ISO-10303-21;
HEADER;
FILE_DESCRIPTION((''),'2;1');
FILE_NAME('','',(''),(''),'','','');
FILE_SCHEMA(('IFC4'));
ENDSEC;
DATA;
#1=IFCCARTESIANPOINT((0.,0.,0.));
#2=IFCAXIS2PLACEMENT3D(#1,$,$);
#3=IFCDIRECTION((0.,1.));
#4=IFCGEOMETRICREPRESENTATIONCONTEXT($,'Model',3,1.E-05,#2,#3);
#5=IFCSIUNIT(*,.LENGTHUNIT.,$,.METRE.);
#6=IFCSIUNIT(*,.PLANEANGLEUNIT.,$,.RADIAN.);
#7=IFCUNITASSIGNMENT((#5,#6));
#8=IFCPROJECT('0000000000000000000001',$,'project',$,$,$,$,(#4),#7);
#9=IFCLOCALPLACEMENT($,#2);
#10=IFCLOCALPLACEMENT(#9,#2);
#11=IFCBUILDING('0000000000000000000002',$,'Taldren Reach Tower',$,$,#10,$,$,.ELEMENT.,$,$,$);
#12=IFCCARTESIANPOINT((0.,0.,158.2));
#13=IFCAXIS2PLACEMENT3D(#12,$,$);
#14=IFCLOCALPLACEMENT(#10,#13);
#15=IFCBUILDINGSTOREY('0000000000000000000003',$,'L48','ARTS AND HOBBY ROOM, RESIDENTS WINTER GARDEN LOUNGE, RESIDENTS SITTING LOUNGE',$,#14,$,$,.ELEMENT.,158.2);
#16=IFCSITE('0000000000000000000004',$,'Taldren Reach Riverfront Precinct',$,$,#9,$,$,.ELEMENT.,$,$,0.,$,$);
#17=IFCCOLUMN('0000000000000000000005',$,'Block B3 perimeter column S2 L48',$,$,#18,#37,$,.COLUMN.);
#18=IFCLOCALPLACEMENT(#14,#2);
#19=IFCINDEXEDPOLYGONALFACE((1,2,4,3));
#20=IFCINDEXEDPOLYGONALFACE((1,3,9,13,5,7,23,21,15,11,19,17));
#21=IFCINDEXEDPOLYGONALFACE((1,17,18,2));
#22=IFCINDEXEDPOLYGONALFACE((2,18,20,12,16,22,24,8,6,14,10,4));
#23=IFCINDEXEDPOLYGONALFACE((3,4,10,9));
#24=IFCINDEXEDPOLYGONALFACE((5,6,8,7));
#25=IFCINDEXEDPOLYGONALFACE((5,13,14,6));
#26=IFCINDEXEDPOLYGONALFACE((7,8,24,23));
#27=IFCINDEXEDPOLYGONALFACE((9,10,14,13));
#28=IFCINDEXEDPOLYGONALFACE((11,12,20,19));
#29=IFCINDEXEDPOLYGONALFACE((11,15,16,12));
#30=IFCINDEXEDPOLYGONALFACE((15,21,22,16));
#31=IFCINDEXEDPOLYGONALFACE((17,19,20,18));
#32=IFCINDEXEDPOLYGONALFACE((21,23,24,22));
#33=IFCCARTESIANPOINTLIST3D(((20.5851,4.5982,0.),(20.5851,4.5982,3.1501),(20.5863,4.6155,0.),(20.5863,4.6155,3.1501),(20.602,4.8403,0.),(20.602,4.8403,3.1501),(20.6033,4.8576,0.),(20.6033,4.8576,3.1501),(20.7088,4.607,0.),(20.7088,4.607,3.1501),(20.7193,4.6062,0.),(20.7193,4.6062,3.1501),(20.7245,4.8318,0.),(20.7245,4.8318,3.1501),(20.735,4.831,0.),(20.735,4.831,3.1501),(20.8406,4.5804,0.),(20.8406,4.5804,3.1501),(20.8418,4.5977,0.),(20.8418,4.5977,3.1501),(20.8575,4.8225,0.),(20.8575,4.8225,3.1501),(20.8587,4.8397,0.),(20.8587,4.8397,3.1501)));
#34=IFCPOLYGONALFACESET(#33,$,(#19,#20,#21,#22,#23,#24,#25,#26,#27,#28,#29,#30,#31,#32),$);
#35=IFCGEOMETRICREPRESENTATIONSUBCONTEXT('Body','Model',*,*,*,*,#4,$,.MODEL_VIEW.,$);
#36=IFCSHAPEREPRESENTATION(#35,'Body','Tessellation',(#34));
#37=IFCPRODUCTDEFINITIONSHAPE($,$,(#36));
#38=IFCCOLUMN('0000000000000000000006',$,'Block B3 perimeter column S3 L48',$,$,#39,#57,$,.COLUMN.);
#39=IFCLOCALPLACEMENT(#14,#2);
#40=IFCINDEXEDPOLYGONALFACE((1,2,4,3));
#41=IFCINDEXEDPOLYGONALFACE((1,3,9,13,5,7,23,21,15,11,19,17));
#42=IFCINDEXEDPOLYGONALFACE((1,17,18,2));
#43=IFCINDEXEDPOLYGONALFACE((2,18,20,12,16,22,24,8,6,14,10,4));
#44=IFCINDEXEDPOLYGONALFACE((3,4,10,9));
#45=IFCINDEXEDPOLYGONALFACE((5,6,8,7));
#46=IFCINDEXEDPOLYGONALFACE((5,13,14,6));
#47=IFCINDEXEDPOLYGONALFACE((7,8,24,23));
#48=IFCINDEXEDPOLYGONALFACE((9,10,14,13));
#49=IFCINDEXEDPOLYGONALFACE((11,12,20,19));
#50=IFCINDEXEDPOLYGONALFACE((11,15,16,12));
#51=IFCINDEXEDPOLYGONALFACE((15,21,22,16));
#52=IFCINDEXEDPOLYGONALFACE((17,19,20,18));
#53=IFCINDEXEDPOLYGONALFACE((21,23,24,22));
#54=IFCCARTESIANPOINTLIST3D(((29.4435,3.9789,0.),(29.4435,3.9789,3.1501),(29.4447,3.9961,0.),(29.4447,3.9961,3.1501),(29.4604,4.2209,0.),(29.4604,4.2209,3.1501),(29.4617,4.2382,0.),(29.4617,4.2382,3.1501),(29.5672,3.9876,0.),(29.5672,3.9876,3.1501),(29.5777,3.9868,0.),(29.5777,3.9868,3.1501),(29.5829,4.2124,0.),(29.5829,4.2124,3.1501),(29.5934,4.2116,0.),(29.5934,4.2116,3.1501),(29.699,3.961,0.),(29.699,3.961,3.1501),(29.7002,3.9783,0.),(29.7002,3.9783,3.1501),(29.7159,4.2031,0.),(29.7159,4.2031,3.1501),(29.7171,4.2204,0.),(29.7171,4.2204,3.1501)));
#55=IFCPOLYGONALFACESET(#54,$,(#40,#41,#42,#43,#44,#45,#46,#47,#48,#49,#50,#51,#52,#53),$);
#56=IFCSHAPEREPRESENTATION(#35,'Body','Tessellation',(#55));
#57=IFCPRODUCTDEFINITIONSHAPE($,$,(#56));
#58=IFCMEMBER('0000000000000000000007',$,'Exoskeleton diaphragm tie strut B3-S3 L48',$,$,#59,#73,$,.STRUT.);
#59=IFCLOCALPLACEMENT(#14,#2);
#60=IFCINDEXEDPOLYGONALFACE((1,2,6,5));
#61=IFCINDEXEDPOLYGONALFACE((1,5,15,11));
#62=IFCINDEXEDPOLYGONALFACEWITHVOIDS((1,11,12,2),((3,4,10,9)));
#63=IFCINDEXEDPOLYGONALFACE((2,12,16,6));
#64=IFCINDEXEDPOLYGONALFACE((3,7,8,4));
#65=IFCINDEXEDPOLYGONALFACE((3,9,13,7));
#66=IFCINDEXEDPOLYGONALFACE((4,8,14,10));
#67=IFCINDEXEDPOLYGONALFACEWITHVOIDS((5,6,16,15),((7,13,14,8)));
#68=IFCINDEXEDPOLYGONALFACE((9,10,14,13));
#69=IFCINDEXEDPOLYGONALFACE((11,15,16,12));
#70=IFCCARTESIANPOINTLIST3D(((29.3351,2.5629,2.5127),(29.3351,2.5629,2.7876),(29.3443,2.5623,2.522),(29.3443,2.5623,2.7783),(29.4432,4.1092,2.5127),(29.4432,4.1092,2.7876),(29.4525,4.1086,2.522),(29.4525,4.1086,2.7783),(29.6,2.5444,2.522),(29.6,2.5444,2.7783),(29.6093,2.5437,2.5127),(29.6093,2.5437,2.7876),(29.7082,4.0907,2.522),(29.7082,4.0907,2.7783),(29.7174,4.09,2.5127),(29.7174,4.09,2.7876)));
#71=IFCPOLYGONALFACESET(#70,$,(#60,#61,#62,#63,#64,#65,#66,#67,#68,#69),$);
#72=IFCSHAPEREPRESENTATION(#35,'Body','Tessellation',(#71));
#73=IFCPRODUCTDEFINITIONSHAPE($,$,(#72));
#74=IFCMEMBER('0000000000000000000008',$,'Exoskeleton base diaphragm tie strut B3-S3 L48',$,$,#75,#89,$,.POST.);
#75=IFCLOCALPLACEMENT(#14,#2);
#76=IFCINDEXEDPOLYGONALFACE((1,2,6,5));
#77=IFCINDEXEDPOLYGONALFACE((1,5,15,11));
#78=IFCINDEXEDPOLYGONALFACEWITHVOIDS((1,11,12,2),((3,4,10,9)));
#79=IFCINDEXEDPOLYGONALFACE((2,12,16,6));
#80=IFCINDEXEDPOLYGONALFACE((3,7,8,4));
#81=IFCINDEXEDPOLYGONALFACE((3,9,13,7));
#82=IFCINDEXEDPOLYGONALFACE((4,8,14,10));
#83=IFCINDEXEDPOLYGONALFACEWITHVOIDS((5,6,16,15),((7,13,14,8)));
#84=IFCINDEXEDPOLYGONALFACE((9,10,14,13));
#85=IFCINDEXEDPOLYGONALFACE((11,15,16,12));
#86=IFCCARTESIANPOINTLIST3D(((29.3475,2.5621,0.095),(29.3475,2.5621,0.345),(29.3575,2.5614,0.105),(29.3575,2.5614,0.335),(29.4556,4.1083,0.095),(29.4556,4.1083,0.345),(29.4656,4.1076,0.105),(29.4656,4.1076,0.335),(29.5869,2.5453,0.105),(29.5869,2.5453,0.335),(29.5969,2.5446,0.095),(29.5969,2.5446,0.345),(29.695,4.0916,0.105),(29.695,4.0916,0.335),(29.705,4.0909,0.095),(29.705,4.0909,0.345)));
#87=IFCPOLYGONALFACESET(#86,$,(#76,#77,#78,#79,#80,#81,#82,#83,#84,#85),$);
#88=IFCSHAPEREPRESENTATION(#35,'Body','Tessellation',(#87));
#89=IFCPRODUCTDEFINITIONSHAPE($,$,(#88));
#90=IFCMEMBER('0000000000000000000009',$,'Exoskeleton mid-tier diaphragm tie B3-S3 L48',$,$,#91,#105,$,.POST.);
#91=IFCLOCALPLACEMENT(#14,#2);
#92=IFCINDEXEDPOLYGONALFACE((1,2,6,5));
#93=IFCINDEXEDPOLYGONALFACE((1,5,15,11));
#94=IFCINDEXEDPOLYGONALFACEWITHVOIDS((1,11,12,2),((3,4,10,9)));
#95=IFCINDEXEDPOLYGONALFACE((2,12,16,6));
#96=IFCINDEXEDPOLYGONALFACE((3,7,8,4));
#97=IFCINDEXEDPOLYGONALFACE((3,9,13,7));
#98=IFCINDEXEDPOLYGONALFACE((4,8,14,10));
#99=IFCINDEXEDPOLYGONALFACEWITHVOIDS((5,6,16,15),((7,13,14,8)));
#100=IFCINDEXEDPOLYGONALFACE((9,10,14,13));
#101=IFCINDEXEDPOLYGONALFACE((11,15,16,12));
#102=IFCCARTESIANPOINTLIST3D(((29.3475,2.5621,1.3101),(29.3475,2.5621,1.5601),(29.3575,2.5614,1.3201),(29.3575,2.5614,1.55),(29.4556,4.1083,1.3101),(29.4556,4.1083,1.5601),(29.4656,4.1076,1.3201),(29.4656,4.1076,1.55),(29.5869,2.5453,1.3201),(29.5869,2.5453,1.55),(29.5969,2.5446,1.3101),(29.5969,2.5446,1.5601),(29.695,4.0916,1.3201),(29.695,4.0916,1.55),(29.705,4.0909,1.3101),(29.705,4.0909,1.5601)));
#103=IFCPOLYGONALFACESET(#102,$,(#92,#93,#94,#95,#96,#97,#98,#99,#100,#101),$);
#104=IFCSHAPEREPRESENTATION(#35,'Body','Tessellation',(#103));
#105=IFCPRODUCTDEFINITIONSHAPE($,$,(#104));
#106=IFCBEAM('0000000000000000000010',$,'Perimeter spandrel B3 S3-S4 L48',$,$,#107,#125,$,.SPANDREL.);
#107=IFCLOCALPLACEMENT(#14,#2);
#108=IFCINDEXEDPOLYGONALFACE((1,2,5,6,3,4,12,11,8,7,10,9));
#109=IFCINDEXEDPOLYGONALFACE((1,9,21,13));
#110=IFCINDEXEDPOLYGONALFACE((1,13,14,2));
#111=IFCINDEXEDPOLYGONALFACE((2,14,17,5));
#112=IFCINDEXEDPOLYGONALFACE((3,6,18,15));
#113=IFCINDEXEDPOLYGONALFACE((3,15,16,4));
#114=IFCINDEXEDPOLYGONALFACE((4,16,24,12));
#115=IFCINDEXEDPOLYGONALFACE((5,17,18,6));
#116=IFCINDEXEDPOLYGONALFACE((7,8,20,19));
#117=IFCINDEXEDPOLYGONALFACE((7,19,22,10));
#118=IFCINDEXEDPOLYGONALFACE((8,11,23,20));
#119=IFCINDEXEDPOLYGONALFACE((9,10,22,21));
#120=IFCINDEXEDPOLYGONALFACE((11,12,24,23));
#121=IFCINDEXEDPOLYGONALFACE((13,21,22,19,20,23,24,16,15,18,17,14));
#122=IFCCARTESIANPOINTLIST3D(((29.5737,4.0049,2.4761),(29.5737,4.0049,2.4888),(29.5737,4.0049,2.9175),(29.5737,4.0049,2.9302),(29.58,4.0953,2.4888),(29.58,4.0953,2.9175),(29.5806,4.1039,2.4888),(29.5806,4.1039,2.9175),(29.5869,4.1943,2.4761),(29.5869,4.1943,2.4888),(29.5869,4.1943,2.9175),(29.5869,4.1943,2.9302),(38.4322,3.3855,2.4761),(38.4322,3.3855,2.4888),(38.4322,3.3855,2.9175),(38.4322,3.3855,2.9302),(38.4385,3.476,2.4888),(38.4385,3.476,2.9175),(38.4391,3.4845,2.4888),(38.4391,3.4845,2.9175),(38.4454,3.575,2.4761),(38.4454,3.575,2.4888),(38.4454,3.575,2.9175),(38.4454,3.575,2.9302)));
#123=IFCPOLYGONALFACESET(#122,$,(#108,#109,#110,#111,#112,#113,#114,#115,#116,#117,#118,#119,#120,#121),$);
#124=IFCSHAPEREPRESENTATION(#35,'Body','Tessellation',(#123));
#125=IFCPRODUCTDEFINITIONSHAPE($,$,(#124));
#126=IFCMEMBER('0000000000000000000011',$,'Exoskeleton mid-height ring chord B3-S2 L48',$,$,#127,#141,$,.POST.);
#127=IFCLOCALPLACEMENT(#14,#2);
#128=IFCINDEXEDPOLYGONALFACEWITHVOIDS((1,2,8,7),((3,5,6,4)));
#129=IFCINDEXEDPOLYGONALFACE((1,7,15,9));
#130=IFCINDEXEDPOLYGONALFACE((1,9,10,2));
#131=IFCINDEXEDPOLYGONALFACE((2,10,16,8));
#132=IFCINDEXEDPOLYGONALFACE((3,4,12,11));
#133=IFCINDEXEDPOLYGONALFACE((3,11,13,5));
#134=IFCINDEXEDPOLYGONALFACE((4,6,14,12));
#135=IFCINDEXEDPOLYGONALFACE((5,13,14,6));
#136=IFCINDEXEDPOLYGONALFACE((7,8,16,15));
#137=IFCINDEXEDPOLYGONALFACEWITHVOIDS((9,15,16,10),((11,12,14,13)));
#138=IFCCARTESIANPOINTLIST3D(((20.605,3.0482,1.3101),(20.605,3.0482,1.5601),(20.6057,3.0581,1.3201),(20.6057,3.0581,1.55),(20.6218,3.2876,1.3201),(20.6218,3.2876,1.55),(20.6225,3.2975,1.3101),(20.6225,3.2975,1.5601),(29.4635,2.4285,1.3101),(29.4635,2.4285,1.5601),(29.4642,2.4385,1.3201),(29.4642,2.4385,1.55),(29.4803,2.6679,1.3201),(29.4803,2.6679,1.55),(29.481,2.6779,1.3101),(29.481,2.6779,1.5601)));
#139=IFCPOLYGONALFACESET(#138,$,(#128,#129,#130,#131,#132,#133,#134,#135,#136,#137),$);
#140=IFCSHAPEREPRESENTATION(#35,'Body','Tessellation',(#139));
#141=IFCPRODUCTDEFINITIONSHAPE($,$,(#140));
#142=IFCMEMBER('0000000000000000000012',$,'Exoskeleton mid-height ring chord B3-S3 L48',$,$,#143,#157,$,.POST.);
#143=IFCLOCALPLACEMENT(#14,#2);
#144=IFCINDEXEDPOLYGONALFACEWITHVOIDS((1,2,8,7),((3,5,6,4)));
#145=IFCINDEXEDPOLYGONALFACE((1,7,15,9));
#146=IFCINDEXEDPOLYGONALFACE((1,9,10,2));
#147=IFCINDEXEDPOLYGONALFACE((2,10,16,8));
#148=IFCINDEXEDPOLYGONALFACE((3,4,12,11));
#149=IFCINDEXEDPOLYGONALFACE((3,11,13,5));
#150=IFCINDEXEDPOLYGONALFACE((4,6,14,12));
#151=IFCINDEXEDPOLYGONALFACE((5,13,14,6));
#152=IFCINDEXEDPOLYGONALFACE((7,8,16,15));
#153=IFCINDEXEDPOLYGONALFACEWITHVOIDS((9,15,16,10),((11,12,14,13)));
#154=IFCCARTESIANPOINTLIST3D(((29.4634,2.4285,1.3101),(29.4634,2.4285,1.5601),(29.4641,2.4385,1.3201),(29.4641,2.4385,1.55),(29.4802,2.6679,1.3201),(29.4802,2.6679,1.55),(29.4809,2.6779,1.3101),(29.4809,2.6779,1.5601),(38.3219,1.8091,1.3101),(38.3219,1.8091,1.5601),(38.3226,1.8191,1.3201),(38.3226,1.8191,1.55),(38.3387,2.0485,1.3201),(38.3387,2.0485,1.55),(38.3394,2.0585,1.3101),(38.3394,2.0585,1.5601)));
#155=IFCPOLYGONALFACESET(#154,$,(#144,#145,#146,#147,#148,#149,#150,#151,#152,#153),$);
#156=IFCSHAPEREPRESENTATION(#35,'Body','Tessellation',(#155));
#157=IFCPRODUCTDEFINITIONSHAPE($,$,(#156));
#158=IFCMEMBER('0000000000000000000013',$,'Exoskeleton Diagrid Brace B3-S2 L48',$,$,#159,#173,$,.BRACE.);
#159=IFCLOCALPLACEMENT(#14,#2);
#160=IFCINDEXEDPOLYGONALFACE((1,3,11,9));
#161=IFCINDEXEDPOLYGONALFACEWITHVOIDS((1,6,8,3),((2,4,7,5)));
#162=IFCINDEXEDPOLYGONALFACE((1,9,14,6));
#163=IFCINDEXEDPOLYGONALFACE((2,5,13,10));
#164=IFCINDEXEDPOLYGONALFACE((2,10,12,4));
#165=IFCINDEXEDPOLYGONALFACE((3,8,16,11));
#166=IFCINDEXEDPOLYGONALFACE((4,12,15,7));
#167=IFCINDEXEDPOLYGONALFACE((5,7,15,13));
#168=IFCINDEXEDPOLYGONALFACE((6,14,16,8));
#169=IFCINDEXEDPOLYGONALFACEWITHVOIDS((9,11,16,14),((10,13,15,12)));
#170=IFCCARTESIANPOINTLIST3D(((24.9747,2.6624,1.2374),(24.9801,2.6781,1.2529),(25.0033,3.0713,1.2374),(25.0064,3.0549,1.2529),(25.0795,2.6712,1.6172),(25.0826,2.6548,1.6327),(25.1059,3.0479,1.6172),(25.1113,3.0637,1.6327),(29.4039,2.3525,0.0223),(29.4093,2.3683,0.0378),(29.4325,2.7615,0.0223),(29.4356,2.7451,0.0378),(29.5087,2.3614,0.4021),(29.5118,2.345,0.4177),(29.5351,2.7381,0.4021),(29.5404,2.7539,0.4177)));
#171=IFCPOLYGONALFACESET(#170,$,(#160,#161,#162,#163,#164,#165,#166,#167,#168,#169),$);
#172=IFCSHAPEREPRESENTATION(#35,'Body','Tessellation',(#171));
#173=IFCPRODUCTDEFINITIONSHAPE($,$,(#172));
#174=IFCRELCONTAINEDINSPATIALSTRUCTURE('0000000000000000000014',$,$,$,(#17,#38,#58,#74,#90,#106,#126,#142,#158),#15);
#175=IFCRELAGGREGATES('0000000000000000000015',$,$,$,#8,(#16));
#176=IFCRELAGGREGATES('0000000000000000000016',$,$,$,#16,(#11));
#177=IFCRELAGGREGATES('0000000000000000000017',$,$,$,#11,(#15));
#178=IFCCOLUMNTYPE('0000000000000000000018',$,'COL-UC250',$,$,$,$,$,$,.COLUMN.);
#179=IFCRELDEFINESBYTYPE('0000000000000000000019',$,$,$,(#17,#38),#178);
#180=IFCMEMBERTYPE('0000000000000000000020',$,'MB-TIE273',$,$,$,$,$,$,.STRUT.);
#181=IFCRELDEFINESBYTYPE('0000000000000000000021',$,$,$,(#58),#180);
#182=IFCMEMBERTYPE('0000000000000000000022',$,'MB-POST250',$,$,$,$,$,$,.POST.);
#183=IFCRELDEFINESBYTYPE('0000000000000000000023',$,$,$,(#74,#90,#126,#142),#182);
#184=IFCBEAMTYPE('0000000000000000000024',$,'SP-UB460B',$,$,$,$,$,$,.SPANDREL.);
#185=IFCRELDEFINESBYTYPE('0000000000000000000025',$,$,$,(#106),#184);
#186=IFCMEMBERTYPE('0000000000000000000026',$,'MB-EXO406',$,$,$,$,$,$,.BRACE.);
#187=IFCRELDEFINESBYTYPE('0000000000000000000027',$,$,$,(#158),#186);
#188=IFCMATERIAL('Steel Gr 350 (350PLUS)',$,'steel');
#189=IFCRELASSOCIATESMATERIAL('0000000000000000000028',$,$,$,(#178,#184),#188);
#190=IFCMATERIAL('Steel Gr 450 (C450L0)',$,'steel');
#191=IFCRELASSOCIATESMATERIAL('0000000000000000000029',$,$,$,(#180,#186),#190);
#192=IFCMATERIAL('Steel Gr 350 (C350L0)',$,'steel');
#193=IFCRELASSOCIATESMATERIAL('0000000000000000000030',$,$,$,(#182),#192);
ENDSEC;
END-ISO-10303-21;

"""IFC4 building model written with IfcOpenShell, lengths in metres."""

from ifc_helpers import new_model, si_unit, direction, frame, origin, origin_2d, place, context, subcontext, project, spatial, hollow_rectangle, i_section, extrude, source, transform, mapped, material, material_profile, profile_set, type_object, element, save


model = new_model("IFC4")

# Units and contexts
model_context = context("Model", 3, precision=1e-05, world=origin(), true_north=direction((0.0, 1.0)))
body_context = subcontext(model_context, "Body", "Model", "MODEL_VIEW")
ifc_project = project(units=[si_unit("LENGTHUNIT", "METRE"), si_unit("PLANEANGLEUNIT", "RADIAN")], contexts=[model_context])

# Site, building, storey
site_placement = place(None, origin())
site = spatial("IfcSite", under=ifc_project, at=site_placement, Name="Taldren Reach Riverfront Precinct", CompositionType="ELEMENT", RefElevation=0.0)
building_placement = place(site_placement, origin())
building = spatial("IfcBuilding", under=site, at=building_placement, Name="Taldren Reach Tower", CompositionType="ELEMENT")
storey_placement = place(building_placement, frame((0.0, 0.0, 158.2)))
storey = spatial("IfcBuildingStorey", under=building, at=storey_placement, Name="L48", Description="ARTS AND HOBBY ROOM, RESIDENTS WINTER GARDEN LOUNGE, RESIDENTS SITTING LOUNGE", CompositionType="ELEMENT", Elevation=158.2)

# Columns
ifc_material_1 = material(Name="Steel Gr 350 (350PLUS)", Category="steel")
ifc_material_profile_1 = material_profile(ifc_material_1, i_section(OverallWidth=0.2561, OverallDepth=0.26, WebThickness=0.0105, FlangeThickness=0.0173, at=origin_2d()), Name="250UC89.5")
ifc_profile_set_1 = profile_set([ifc_material_profile_1], Name="Steel Gr 350 (350PLUS)")
column_type = type_object("IfcColumnType", Name="COL-UC250", PredefinedType="COLUMN", material=ifc_profile_set_1)
shared_shape_1 = source(origin(), body_context, "Body", "SweptSolid", [
    extrude(i_section(OverallWidth=0.2561, OverallDepth=0.26, WebThickness=0.0105, FlangeThickness=0.0173, at=origin_2d()), origin(), (0.0, 0.0, 1.0), 3.1501),
])
for number, where, z_axis, x_axis, name in (
    (1, (20.7219, 4.719, 0.0), (0.0, 0.0, 1.0), (0.997564, -0.069756, 0.0), "Block B3 perimeter column S2 L48"),
    (2, (29.5803, 4.0996, 0.0), (0.0, 0.0, 1.0), (0.997564, -0.069756, 0.0), "Block B3 perimeter column S3 L48"),
):
    element("IfcColumn", number, at=place(storey_placement, frame(where, z_axis=z_axis, x_axis=x_axis)), inside=storey, type_object=column_type, Name=name, PredefinedType="COLUMN", context=body_context, shape_type="MappedRepresentation", body=[
        mapped(shared_shape_1, transform((0.0, 0.0, 0.0), scale=1.0)),
    ])

# Members
ifc_material_2 = material(Name="Steel Gr 450 (C450L0)", Category="steel")
ifc_material_profile_2 = material_profile(ifc_material_2, hollow_rectangle(XDim=0.2749, YDim=0.2749, WallThickness=0.0093, at=origin_2d()), Name="275x275x9.3SHS")
ifc_profile_set_2 = profile_set([ifc_material_profile_2], Name="Steel Gr 450 (C450L0)")
member_type_1 = type_object("IfcMemberType", Name="MB-TIE273", PredefinedType="STRUT", material=ifc_profile_set_2)
shared_shape_2 = source(origin(), body_context, "Body", "SweptSolid", [
    extrude(hollow_rectangle(XDim=0.2749, YDim=0.2749, WallThickness=0.0093, at=origin_2d()), origin(), (0.0, 0.0, 1.0), 1.55),
])
member_1_placement = place(storey_placement, frame((29.5803, 4.0996, 2.6501), z_axis=(-0.06977, -0.997563, 0.0), x_axis=(0.997563, -0.06977, 0.0)))
element("IfcMember", 3, at=member_1_placement, inside=storey, type_object=member_type_1, Name="Exoskeleton diaphragm tie strut B3-S3 L48", PredefinedType="STRUT", context=body_context, shape_type="MappedRepresentation", body=[
    mapped(shared_shape_2, transform((0.0, 0.0, 0.0), scale=1.0)),
])
ifc_material_3 = material(Name="Steel Gr 350 (C350L0)", Category="steel")
ifc_material_profile_3 = material_profile(ifc_material_3, hollow_rectangle(XDim=0.25, YDim=0.25, WallThickness=0.01, at=origin_2d()), Name="250x250x10.0SHS")
ifc_profile_set_3 = profile_set([ifc_material_profile_3], Name="Steel Gr 350 (C350L0)")
member_type_2 = type_object("IfcMemberType", Name="MB-POST250", PredefinedType="POST", material=ifc_profile_set_3)
shared_shape_3 = source(origin(), body_context, "Body", "SweptSolid", [
    extrude(hollow_rectangle(XDim=0.25, YDim=0.25, WallThickness=0.01, at=origin_2d()), origin(), (0.0, 0.0, 1.0), 1.55),
])
for number, where, z_axis, x_axis, name in (
    (4, (29.5803, 4.0996, 0.22), (-0.06977, -0.997563, 0.0), (0.997563, -0.06977, 0.0), "Exoskeleton base diaphragm tie strut B3-S3 L48"),
    (5, (29.5803, 4.0996, 1.4351), (-0.06977, -0.997563, 0.0), (0.997563, -0.06977, 0.0), "Exoskeleton mid-tier diaphragm tie B3-S3 L48"),
):
    element("IfcMember", number, at=place(storey_placement, frame(where, z_axis=z_axis, x_axis=x_axis)), inside=storey, type_object=member_type_2, Name=name, PredefinedType="POST", context=body_context, shape_type="MappedRepresentation", body=[
        mapped(shared_shape_3, transform((0.0, 0.0, 0.0), scale=1.0)),
    ])

# Beam
ifc_material_profile_4 = material_profile(ifc_material_1, i_section(OverallWidth=0.1899, OverallDepth=0.4541, WebThickness=0.0085, FlangeThickness=0.0127, at=origin_2d()), Name="460UB67.1")
ifc_profile_set_4 = profile_set([ifc_material_profile_4], Name="Steel Gr 350 (350PLUS)")
beam_type = type_object("IfcBeamType", Name="SP-UB460B", PredefinedType="SPANDREL", material=ifc_profile_set_4)
shared_shape_4 = source(origin(), body_context, "Body", "SweptSolid", [
    extrude(i_section(OverallWidth=0.1899, OverallDepth=0.4541, WebThickness=0.0085, FlangeThickness=0.0127, at=origin_2d()), origin(), (0.0, 0.0, 1.0), 8.8801),
])
beam_placement = place(storey_placement, frame((29.5803, 4.0996, 2.7031), z_axis=(0.997564, -0.06975, 0.0), x_axis=(0.06975, 0.997564, 0.0)))
element("IfcBeam", 6, at=beam_placement, inside=storey, type_object=beam_type, Name="Perimeter spandrel B3 S3-S4 L48", PredefinedType="SPANDREL", context=body_context, shape_type="MappedRepresentation", body=[
    mapped(shared_shape_4, transform((0.0, 0.0, 0.0), scale=1.0)),
])

# Members
shared_shape_5 = source(origin(), body_context, "Body", "SweptSolid", [
    extrude(hollow_rectangle(XDim=0.25, YDim=0.25, WallThickness=0.01, at=origin_2d()), origin(), (0.0, 0.0, 1.0), 8.8801),
])
for number, where, z_axis, x_axis, name in (
    (7, (20.6138, 3.1729, 1.4351), (0.997563, -0.069778, 0.0), (0.069778, 0.997563, 0.0), "Exoskeleton mid-height ring chord B3-S2 L48"),
    (8, (29.4722, 2.5532, 1.4351), (0.997564, -0.06975, 0.0), (0.06975, 0.997564, 0.0), "Exoskeleton mid-height ring chord B3-S3 L48"),
):
    element("IfcMember", number, at=place(storey_placement, frame(where, z_axis=z_axis, x_axis=x_axis)), inside=storey, type_object=member_type_2, Name=name, PredefinedType="POST", context=body_context, shape_type="MappedRepresentation", body=[
        mapped(shared_shape_5, transform((0.0, 0.0, 0.0), scale=1.0)),
    ])
ifc_material_profile_5 = material_profile(ifc_material_2, hollow_rectangle(XDim=0.4099, YDim=0.4099, WallThickness=0.0161, at=origin_2d()), Name="410x410x16.0SHS")
ifc_profile_set_5 = profile_set([ifc_material_profile_5], Name="Steel Gr 450 (C450L0)")
member_type_3 = type_object("IfcMemberType", Name="MB-EXO406", PredefinedType="BRACE", material=ifc_profile_set_5)
shared_shape_6 = source(origin(), body_context, "Body", "SweptSolid", [
    extrude(hollow_rectangle(XDim=0.4099, YDim=0.4099, WallThickness=0.0161, at=origin_2d()), origin(), (0.0, 0.0, 1.0), 4.6033),
])
for number, where, z_axis, x_axis, name in (
    (9, (29.4722, 2.5532, 0.22), (-0.962182, 0.067303, 0.263961), (-0.069778, -0.997563, 0.0), "Exoskeleton Diagrid Brace B3-S2 L48"),
):
    element("IfcMember", number, at=place(storey_placement, frame(where, z_axis=z_axis, x_axis=x_axis)), inside=storey, type_object=member_type_3, Name=name, PredefinedType="BRACE", context=body_context, shape_type="MappedRepresentation", body=[
        mapped(shared_shape_6, transform((0.0, 0.0, 0.0), scale=1.0)),
    ])

save(model, "model.ifc")
